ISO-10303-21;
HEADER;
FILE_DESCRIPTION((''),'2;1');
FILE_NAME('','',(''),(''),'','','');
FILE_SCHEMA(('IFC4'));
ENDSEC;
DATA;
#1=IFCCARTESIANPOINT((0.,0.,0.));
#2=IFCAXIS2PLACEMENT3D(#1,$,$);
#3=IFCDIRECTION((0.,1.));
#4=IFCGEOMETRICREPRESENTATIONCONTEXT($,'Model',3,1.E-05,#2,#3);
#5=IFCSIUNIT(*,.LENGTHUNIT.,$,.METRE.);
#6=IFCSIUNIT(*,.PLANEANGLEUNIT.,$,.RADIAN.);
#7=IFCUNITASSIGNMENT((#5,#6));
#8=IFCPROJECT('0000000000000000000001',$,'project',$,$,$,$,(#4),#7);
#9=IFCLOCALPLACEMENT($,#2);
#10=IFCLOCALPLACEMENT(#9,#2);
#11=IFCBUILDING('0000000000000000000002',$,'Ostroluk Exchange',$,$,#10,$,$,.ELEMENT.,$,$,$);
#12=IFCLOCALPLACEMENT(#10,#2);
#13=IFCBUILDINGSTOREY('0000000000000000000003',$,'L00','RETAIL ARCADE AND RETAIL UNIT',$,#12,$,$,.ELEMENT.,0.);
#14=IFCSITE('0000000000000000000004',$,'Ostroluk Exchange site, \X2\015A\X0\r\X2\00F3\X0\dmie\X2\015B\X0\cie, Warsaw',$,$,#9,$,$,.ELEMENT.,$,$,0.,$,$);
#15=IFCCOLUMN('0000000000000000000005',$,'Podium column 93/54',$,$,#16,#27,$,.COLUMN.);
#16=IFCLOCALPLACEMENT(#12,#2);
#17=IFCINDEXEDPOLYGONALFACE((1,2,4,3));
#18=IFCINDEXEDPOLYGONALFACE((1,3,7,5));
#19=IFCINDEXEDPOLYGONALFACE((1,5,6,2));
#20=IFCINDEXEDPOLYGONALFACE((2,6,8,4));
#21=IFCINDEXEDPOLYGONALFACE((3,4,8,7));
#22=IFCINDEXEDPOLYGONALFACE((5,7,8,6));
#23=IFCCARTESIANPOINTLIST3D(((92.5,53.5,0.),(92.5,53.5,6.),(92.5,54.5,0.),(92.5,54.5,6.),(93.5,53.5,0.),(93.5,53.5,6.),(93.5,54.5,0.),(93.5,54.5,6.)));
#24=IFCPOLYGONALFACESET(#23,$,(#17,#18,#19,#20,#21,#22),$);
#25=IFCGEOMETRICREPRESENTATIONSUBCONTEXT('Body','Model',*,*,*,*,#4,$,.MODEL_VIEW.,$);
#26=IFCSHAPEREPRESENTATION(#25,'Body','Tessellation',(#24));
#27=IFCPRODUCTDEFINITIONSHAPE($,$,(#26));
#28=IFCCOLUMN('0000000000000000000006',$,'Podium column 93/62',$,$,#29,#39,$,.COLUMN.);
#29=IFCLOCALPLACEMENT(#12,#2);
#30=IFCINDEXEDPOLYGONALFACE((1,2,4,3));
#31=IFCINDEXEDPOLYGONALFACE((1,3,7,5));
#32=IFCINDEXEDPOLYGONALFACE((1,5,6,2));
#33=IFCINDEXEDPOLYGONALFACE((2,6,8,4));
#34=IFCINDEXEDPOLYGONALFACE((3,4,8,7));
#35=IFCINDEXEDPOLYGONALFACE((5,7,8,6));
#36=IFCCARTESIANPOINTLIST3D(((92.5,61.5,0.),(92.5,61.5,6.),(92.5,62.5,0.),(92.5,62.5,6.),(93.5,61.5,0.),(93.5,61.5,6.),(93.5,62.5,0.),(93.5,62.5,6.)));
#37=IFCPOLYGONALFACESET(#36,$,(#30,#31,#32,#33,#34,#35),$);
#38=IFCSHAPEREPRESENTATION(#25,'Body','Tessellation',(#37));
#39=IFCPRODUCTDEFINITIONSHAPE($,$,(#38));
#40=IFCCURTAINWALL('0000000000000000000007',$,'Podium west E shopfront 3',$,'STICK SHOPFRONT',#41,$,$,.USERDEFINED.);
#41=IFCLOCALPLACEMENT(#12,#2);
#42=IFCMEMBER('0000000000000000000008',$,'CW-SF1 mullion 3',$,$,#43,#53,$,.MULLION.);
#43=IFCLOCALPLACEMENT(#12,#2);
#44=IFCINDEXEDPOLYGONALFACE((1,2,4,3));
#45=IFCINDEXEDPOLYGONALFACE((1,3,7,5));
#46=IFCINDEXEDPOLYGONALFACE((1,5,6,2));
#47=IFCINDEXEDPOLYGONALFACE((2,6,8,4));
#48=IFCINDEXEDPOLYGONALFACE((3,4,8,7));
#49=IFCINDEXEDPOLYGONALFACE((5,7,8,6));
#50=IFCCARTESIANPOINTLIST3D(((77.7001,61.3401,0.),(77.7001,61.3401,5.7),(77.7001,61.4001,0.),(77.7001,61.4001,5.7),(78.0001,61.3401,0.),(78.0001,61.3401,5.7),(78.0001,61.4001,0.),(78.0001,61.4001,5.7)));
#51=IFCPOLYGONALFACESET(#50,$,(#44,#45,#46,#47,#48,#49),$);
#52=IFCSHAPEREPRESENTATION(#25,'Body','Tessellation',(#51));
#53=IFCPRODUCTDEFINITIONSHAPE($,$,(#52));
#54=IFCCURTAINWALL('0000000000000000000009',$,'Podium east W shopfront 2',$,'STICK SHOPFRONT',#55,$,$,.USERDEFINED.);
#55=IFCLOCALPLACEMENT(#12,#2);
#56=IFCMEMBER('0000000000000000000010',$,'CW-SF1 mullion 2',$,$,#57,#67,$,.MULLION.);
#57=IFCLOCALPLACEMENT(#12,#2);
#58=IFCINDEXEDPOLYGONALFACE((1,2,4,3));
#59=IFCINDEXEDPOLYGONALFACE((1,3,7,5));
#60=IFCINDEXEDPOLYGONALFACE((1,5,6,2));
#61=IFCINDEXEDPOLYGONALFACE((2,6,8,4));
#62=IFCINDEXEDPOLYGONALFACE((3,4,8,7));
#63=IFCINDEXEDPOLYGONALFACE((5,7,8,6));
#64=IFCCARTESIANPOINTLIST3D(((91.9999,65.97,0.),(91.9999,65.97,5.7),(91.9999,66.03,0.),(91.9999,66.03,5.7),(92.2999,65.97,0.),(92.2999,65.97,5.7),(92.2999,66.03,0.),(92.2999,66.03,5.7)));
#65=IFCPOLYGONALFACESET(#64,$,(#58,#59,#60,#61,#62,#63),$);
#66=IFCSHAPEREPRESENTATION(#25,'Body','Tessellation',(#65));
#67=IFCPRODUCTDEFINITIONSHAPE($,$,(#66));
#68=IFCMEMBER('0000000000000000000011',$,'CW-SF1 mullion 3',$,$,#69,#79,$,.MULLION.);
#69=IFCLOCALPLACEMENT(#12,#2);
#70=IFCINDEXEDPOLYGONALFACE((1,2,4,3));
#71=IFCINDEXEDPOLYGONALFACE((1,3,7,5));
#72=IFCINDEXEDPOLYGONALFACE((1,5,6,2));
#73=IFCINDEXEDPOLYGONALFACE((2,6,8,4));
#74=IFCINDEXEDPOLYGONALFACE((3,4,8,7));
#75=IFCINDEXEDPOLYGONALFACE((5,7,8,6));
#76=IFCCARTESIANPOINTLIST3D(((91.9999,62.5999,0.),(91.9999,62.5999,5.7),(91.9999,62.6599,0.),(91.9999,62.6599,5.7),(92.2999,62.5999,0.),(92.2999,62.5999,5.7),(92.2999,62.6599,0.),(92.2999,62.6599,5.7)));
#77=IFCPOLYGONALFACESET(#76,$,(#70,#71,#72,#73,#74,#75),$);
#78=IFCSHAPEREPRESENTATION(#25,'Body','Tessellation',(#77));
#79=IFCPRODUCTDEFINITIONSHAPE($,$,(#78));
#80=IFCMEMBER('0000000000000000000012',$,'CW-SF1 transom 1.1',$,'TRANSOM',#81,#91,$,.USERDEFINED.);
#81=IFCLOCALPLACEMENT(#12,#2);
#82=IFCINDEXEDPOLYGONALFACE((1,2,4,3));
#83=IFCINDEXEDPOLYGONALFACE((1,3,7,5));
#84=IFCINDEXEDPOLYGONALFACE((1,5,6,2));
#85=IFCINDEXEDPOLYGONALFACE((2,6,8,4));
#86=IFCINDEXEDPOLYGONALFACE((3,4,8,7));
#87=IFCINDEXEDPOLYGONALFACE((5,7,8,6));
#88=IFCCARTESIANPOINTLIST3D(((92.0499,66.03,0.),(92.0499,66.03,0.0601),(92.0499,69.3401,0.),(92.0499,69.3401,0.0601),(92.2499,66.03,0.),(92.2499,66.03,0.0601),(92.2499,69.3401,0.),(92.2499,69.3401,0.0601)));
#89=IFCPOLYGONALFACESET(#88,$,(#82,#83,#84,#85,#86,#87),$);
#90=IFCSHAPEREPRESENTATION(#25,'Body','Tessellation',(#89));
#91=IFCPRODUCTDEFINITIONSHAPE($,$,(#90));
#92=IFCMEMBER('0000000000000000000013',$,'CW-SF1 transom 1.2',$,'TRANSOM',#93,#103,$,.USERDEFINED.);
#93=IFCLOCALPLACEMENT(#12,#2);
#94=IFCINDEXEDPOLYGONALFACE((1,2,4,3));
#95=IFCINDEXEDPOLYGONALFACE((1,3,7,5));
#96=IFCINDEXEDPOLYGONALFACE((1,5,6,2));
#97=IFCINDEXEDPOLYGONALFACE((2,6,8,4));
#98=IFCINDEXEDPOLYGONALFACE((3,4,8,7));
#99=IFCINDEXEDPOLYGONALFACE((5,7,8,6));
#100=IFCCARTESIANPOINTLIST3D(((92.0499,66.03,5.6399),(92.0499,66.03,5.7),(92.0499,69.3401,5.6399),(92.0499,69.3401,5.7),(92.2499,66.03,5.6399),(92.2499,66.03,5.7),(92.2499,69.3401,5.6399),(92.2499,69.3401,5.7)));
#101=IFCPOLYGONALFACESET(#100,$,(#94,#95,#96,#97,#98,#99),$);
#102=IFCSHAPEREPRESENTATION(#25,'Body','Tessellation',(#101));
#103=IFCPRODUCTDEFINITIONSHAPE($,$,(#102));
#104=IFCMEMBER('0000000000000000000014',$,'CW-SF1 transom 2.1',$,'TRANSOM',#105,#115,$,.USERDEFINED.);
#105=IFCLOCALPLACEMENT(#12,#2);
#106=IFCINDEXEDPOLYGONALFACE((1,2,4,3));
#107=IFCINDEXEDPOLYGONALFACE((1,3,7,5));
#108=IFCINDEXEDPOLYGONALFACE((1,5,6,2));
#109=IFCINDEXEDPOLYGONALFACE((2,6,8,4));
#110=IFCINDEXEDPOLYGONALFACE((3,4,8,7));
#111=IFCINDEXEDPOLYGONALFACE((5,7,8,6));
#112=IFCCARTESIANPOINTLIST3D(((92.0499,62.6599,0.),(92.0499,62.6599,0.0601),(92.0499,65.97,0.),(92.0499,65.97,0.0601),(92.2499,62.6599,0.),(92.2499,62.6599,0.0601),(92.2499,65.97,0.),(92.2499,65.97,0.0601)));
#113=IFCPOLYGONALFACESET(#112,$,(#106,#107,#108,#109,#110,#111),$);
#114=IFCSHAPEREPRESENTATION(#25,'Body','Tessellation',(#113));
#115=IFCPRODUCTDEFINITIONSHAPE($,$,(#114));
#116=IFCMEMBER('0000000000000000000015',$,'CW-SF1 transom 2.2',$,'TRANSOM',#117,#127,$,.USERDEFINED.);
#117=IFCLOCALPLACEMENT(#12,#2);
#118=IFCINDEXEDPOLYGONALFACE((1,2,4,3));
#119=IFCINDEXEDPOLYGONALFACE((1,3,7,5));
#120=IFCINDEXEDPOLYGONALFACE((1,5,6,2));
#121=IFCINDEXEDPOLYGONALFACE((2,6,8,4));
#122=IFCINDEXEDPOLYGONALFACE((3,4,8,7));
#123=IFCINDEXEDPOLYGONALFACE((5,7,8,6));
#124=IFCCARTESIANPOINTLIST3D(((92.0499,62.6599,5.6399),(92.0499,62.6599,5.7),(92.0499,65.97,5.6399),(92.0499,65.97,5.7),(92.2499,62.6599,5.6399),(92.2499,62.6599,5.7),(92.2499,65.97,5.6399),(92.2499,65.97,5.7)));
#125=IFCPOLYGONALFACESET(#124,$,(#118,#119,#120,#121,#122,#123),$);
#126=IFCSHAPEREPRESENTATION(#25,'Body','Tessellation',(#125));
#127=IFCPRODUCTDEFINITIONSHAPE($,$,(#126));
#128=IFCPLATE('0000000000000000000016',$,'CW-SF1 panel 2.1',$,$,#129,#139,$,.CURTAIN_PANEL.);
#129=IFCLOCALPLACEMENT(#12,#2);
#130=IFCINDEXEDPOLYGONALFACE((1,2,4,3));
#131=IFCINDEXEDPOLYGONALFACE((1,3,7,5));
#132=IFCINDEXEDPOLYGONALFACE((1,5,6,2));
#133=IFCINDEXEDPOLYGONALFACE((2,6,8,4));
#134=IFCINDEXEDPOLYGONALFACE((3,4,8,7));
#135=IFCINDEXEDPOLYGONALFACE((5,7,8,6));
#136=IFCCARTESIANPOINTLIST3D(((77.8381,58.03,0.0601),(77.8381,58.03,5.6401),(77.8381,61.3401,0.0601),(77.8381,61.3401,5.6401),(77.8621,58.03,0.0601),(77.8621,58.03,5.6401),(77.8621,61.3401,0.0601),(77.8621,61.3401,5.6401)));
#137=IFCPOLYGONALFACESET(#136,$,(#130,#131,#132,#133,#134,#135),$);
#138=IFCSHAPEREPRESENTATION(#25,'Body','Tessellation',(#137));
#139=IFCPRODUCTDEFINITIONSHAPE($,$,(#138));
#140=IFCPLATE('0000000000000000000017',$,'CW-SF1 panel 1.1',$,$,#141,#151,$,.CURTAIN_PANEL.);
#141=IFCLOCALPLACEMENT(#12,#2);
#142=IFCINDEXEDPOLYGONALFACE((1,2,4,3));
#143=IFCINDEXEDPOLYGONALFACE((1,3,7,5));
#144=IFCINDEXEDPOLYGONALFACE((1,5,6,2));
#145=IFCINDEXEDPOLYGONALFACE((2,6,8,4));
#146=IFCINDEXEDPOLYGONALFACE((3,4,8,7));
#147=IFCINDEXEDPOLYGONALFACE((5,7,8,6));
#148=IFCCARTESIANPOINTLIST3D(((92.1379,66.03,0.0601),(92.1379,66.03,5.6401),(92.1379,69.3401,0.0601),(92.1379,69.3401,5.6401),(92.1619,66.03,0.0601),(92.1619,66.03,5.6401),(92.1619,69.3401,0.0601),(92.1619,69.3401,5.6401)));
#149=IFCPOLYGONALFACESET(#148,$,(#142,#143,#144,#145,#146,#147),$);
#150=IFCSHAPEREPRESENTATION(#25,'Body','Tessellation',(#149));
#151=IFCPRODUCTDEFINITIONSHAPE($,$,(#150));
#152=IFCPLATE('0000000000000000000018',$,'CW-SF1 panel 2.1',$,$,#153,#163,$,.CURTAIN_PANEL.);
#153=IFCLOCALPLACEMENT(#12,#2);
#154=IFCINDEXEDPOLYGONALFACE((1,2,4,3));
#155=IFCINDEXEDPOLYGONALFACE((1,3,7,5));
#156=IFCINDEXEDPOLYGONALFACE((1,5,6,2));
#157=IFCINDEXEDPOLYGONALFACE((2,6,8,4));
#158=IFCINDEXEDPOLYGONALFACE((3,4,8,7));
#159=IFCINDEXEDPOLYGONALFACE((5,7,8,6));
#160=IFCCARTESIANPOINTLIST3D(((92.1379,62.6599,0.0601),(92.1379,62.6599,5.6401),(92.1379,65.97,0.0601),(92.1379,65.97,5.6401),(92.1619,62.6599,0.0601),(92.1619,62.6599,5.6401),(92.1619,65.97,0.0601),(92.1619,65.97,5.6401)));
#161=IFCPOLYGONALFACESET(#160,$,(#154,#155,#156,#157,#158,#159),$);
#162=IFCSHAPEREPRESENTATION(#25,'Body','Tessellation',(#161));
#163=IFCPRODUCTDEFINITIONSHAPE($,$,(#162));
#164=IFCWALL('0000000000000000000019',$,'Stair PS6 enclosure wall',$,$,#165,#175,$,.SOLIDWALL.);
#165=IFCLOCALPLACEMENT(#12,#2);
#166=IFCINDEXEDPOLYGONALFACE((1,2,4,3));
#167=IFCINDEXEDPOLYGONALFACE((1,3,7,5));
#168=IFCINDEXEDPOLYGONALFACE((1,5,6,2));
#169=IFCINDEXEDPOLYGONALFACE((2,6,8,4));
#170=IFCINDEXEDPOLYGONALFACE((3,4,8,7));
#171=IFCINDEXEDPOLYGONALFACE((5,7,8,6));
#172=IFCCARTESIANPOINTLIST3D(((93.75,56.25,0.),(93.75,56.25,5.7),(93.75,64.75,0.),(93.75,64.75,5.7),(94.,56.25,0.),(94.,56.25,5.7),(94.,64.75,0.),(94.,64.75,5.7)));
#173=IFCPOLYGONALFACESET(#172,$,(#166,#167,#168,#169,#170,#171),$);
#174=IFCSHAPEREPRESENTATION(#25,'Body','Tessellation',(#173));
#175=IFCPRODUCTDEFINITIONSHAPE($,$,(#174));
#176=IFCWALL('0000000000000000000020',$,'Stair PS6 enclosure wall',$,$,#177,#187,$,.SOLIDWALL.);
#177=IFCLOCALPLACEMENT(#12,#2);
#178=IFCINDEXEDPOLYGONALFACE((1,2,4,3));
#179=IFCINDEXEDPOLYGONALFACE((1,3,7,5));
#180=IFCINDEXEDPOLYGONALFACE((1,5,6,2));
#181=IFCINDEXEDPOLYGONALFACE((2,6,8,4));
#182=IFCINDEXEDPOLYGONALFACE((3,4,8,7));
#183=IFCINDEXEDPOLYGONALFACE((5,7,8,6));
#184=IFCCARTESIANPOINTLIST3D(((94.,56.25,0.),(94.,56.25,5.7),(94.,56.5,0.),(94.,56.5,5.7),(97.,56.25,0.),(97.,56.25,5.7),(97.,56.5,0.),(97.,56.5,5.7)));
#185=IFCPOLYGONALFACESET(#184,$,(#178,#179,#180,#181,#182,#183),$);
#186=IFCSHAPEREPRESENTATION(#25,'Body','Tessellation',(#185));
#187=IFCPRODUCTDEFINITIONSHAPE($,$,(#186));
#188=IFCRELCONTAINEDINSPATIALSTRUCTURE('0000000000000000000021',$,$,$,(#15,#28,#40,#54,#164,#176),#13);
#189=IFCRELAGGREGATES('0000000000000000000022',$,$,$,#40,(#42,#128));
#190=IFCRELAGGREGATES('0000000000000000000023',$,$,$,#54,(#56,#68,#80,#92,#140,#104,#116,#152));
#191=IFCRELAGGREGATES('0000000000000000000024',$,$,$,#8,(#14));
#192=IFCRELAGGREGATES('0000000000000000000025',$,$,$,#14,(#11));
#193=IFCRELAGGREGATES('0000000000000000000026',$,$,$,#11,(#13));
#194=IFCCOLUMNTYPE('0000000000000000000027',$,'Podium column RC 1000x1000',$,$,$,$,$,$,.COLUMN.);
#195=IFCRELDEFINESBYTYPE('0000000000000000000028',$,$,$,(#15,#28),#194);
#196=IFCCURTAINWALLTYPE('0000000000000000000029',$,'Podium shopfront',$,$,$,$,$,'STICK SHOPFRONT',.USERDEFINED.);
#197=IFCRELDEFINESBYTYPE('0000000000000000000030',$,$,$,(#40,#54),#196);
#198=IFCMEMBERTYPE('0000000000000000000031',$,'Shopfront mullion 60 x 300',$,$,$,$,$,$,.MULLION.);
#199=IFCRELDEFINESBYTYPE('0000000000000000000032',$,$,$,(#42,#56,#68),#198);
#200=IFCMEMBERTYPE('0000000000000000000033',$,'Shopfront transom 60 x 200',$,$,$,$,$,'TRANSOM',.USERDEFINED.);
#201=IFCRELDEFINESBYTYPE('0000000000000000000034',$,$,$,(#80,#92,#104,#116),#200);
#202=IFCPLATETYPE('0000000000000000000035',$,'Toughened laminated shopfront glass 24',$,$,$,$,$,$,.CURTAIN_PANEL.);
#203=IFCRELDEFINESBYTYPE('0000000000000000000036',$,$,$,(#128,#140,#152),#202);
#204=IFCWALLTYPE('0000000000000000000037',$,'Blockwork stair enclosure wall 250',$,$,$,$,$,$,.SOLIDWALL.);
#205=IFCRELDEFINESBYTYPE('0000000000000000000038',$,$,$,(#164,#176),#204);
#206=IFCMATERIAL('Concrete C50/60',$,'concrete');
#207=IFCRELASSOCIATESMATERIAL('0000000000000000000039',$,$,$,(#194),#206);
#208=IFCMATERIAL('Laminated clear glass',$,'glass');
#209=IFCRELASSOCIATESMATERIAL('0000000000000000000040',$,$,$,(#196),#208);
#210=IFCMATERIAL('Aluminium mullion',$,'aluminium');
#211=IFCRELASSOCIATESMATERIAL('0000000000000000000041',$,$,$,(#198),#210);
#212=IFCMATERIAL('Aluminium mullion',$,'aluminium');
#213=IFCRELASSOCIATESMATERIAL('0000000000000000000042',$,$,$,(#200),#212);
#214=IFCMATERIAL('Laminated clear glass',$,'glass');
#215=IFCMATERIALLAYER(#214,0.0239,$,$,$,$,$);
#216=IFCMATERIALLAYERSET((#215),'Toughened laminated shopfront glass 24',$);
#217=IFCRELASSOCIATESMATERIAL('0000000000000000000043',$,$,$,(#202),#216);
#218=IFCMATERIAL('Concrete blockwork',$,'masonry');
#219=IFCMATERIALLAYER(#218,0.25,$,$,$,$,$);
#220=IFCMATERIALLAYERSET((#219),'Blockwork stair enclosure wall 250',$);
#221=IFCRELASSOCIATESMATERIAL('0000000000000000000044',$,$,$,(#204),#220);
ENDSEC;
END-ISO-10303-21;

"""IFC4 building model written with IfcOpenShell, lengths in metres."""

from ifc_helpers import new_model, si_unit, direction, frame, frame_2d, origin, origin_2d, place, context, subcontext, project, spatial, rectangle, extrude, material, layer, layer_set, material_profile, profile_set, type_object, element, aggregate, save


model = new_model("IFC4")

# Units and contexts
model_context = context("Model", 3, precision=1e-05, world=origin(), true_north=direction((0.0, 1.0)))
body_context = subcontext(model_context, "Body", "Model", "MODEL_VIEW")
ifc_project = project(units=[si_unit("LENGTHUNIT", "METRE"), si_unit("PLANEANGLEUNIT", "RADIAN")], contexts=[model_context])

# Site, building, storey
site_placement = place(None, origin())
site = spatial("IfcSite", under=ifc_project, at=site_placement, Name="Ostroluk Exchange site, Śródmieście, Warsaw", CompositionType="ELEMENT", RefElevation=0.0)
building_placement = place(site_placement, origin())
building = spatial("IfcBuilding", under=site, at=building_placement, Name="Ostroluk Exchange", CompositionType="ELEMENT")
storey_placement = place(building_placement, origin())
storey = spatial("IfcBuildingStorey", under=building, at=storey_placement, Name="L00", Description="RETAIL ARCADE AND RETAIL UNIT", CompositionType="ELEMENT", Elevation=0.0)

# Columns
ifc_material_1 = material(Name="Concrete C50/60", Category="concrete")
ifc_material_profile_1 = material_profile(ifc_material_1, rectangle(XDim=1.0, YDim=1.0, at=origin_2d()), Name="RC 1000x1000")
ifc_profile_set_1 = profile_set([ifc_material_profile_1], Name="Concrete C50/60")
column_type = type_object("IfcColumnType", Name="Podium column RC 1000x1000", PredefinedType="COLUMN", material=ifc_profile_set_1)
for number, where, z_axis, x_axis, name in (
    (1, (93.0, 54.0, 0.0), (0.0, 0.0, 1.0), (1.0, 0.0, 0.0), "Podium column 93/54"),
    (2, (93.0, 62.0, 0.0), (0.0, 0.0, 1.0), (1.0, 0.0, 0.0), "Podium column 93/62"),
):
    element("IfcColumn", number, at=place(storey_placement, frame(where, z_axis=z_axis, x_axis=x_axis)), inside=storey, type_object=column_type, Name=name, PredefinedType="COLUMN", context=body_context, shape_type="SweptSolid", body=[
        extrude(rectangle(XDim=1.0, YDim=1.0, at=origin_2d()), origin(), (0.0, 0.0, 1.0), 6.0),
    ])

# Curtain wall, member
ifc_material_2 = material(Name="Laminated clear glass", Category="glass")
curtain_wall_type = type_object("IfcCurtainWallType", Name="Podium shopfront", ElementType="STICK SHOPFRONT", PredefinedType="USERDEFINED", material=ifc_material_2)
curtain_wall_1_placement = place(storey_placement, origin())
curtain_wall_1 = element("IfcCurtainWall", 3, at=curtain_wall_1_placement, inside=storey, type_object=curtain_wall_type, Name="Podium west E shopfront 3", ObjectType="STICK SHOPFRONT", PredefinedType="USERDEFINED")
ifc_material_3 = material(Name="Aluminium mullion", Category="aluminium")
ifc_material_profile_2 = material_profile(ifc_material_3, rectangle(XDim=0.3, YDim=0.0601, at=origin_2d()), Name="Shopfront mullion 60 x 300")
ifc_profile_set_2 = profile_set([ifc_material_profile_2], Name="Aluminium mullion")
member_type_1 = type_object("IfcMemberType", Name="Shopfront mullion 60 x 300", PredefinedType="MULLION", material=ifc_profile_set_2)
member_1_placement = place(storey_placement, frame((77.8501, 61.3701, 0.0), z_axis=(0.0, 0.0, 1.0), x_axis=(-1.0, 0.0, 0.0)))
member_1 = element("IfcMember", 4, at=member_1_placement, type_object=member_type_1, Name="CW-SF1 mullion 3", PredefinedType="MULLION", context=body_context, shape_type="SweptSolid", body=[
    extrude(rectangle(XDim=0.3, YDim=0.0601, at=origin_2d()), origin(), (0.0, 0.0, 1.0), 5.7),
])

# Curtain wall, members
curtain_wall_2_placement = place(storey_placement, origin())
curtain_wall_2 = element("IfcCurtainWall", 5, at=curtain_wall_2_placement, inside=storey, type_object=curtain_wall_type, Name="Podium east W shopfront 2", ObjectType="STICK SHOPFRONT", PredefinedType="USERDEFINED")
member_2_placement = place(storey_placement, frame((92.1499, 66.0, 0.0), z_axis=(0.0, 0.0, 1.0), x_axis=(1.0, 0.0, 0.0)))
member_2 = element("IfcMember", 6, at=member_2_placement, type_object=member_type_1, Name="CW-SF1 mullion 2", PredefinedType="MULLION", context=body_context, shape_type="SweptSolid", body=[
    extrude(rectangle(XDim=0.3, YDim=0.0601, at=origin_2d()), origin(), (0.0, 0.0, 1.0), 5.7),
])
member_3_placement = place(storey_placement, frame((92.1499, 62.6299, 0.0), z_axis=(0.0, 0.0, 1.0), x_axis=(1.0, 0.0, 0.0)))
member_3 = element("IfcMember", 7, at=member_3_placement, type_object=member_type_1, Name="CW-SF1 mullion 3", PredefinedType="MULLION", context=body_context, shape_type="SweptSolid", body=[
    extrude(rectangle(XDim=0.3, YDim=0.0601, at=origin_2d()), origin(), (0.0, 0.0, 1.0), 5.7),
])
ifc_material_4 = material(Name="Aluminium mullion", Category="aluminium")
ifc_material_profile_3 = material_profile(ifc_material_4, rectangle(XDim=0.2, YDim=0.0601, at=origin_2d()), Name="Shopfront transom 60 x 200")
ifc_profile_set_3 = profile_set([ifc_material_profile_3], Name="Aluminium mullion")
member_type_2 = type_object("IfcMemberType", Name="Shopfront transom 60 x 200", ElementType="TRANSOM", PredefinedType="USERDEFINED", material=ifc_profile_set_3)
member_4_placement = place(storey_placement, frame((92.1499, 69.3401, 0.03), z_axis=(0.0, -1.0, 0.0), x_axis=(1.0, 0.0, 0.0)))
member_4 = element("IfcMember", 8, at=member_4_placement, type_object=member_type_2, Name="CW-SF1 transom 1.1", ObjectType="TRANSOM", PredefinedType="USERDEFINED", context=body_context, shape_type="SweptSolid", body=[
    extrude(rectangle(XDim=0.2, YDim=0.0601, at=origin_2d()), origin(), (0.0, 0.0, 1.0), 3.3101),
])
member_5_placement = place(storey_placement, frame((92.1499, 69.3401, 5.6699), z_axis=(0.0, -1.0, 0.0), x_axis=(1.0, 0.0, 0.0)))
member_5 = element("IfcMember", 9, at=member_5_placement, type_object=member_type_2, Name="CW-SF1 transom 1.2", ObjectType="TRANSOM", PredefinedType="USERDEFINED", context=body_context, shape_type="SweptSolid", body=[
    extrude(rectangle(XDim=0.2, YDim=0.0601, at=origin_2d()), origin(), (0.0, 0.0, 1.0), 3.3101),
])
member_6_placement = place(storey_placement, frame((92.1499, 65.97, 0.03), z_axis=(0.0, -1.0, 0.0), x_axis=(1.0, 0.0, 0.0)))
member_6 = element("IfcMember", 10, at=member_6_placement, type_object=member_type_2, Name="CW-SF1 transom 2.1", ObjectType="TRANSOM", PredefinedType="USERDEFINED", context=body_context, shape_type="SweptSolid", body=[
    extrude(rectangle(XDim=0.2, YDim=0.0601, at=origin_2d()), origin(), (0.0, 0.0, 1.0), 3.3101),
])
member_7_placement = place(storey_placement, frame((92.1499, 65.97, 5.6699), z_axis=(0.0, -1.0, 0.0), x_axis=(1.0, 0.0, 0.0)))
member_7 = element("IfcMember", 11, at=member_7_placement, type_object=member_type_2, Name="CW-SF1 transom 2.2", ObjectType="TRANSOM", PredefinedType="USERDEFINED", context=body_context, shape_type="SweptSolid", body=[
    extrude(rectangle(XDim=0.2, YDim=0.0601, at=origin_2d()), origin(), (0.0, 0.0, 1.0), 3.3101),
])

# Plates
ifc_material_5 = material(Name="Laminated clear glass", Category="glass")
ifc_layer_1 = layer(ifc_material_5, 0.0239)
ifc_layer_set_1 = layer_set([ifc_layer_1], Name="Toughened laminated shopfront glass 24")
plate_type = type_object("IfcPlateType", Name="Toughened laminated shopfront glass 24", PredefinedType="CURTAIN_PANEL", material=ifc_layer_set_1)
plate_1_placement = place(storey_placement, frame((77.8501, 59.6851, 0.0601), z_axis=(0.0, 0.0, 1.0), x_axis=(0.0, 1.0, 0.0)))
plate_1 = element("IfcPlate", 12, at=plate_1_placement, type_object=plate_type, Name="CW-SF1 panel 2.1", PredefinedType="CURTAIN_PANEL", context=body_context, shape_type="SweptSolid", body=[
    extrude(rectangle(XDim=3.3101, YDim=0.0239, at=origin_2d()), origin(), (0.0, 0.0, 1.0), 5.5801),
])
aggregate(curtain_wall_1, [member_1, plate_1])
plate_2_placement = place(storey_placement, frame((92.1499, 67.6851, 0.0601), z_axis=(0.0, 0.0, 1.0), x_axis=(0.0, -1.0, 0.0)))
plate_2 = element("IfcPlate", 13, at=plate_2_placement, type_object=plate_type, Name="CW-SF1 panel 1.1", PredefinedType="CURTAIN_PANEL", context=body_context, shape_type="SweptSolid", body=[
    extrude(rectangle(XDim=3.3101, YDim=0.0239, at=origin_2d()), origin(), (0.0, 0.0, 1.0), 5.5801),
])
plate_3_placement = place(storey_placement, frame((92.1499, 64.3149, 0.0601), z_axis=(0.0, 0.0, 1.0), x_axis=(0.0, -1.0, 0.0)))
plate_3 = element("IfcPlate", 14, at=plate_3_placement, type_object=plate_type, Name="CW-SF1 panel 2.1", PredefinedType="CURTAIN_PANEL", context=body_context, shape_type="SweptSolid", body=[
    extrude(rectangle(XDim=3.3101, YDim=0.0239, at=origin_2d()), origin(), (0.0, 0.0, 1.0), 5.5801),
])
aggregate(curtain_wall_2, [member_2, member_3, member_4, member_5, plate_2, member_6, member_7, plate_3])

# Walls
ifc_material_6 = material(Name="Concrete blockwork", Category="masonry")
ifc_layer_2 = layer(ifc_material_6, 0.25)
ifc_layer_set_2 = layer_set([ifc_layer_2], Name="Blockwork stair enclosure wall 250")
wall_type_1 = type_object("IfcWallType", Name="Blockwork stair enclosure wall 250", PredefinedType="SOLIDWALL", material=ifc_layer_set_2)
wall_1_placement = place(storey_placement, frame((93.875, 56.25, 0.0), z_axis=(0.0, 0.0, 1.0), x_axis=(0.0, 1.0, 0.0)))
element("IfcWall", 15, at=wall_1_placement, inside=storey, type_object=wall_type_1, Name="Stair PS6 enclosure wall", PredefinedType="SOLIDWALL", context=body_context, shape_type="SweptSolid", body=[
    extrude(rectangle(XDim=8.5, YDim=0.25, at=frame_2d((4.25, 0.0))), origin(), (0.0, 0.0, 1.0), 5.7),
])
wall_2_placement = place(storey_placement, frame((94.0, 56.375, 0.0), z_axis=(0.0, 0.0, 1.0), x_axis=(1.0, 0.0, 0.0)))
element("IfcWall", 16, at=wall_2_placement, inside=storey, type_object=wall_type_1, Name="Stair PS6 enclosure wall", PredefinedType="SOLIDWALL", context=body_context, shape_type="SweptSolid", body=[
    extrude(rectangle(XDim=3.0, YDim=0.25, at=frame_2d((1.5, 0.0))), origin(), (0.0, 0.0, 1.0), 5.7),
])

save(model, "model.ifc")
